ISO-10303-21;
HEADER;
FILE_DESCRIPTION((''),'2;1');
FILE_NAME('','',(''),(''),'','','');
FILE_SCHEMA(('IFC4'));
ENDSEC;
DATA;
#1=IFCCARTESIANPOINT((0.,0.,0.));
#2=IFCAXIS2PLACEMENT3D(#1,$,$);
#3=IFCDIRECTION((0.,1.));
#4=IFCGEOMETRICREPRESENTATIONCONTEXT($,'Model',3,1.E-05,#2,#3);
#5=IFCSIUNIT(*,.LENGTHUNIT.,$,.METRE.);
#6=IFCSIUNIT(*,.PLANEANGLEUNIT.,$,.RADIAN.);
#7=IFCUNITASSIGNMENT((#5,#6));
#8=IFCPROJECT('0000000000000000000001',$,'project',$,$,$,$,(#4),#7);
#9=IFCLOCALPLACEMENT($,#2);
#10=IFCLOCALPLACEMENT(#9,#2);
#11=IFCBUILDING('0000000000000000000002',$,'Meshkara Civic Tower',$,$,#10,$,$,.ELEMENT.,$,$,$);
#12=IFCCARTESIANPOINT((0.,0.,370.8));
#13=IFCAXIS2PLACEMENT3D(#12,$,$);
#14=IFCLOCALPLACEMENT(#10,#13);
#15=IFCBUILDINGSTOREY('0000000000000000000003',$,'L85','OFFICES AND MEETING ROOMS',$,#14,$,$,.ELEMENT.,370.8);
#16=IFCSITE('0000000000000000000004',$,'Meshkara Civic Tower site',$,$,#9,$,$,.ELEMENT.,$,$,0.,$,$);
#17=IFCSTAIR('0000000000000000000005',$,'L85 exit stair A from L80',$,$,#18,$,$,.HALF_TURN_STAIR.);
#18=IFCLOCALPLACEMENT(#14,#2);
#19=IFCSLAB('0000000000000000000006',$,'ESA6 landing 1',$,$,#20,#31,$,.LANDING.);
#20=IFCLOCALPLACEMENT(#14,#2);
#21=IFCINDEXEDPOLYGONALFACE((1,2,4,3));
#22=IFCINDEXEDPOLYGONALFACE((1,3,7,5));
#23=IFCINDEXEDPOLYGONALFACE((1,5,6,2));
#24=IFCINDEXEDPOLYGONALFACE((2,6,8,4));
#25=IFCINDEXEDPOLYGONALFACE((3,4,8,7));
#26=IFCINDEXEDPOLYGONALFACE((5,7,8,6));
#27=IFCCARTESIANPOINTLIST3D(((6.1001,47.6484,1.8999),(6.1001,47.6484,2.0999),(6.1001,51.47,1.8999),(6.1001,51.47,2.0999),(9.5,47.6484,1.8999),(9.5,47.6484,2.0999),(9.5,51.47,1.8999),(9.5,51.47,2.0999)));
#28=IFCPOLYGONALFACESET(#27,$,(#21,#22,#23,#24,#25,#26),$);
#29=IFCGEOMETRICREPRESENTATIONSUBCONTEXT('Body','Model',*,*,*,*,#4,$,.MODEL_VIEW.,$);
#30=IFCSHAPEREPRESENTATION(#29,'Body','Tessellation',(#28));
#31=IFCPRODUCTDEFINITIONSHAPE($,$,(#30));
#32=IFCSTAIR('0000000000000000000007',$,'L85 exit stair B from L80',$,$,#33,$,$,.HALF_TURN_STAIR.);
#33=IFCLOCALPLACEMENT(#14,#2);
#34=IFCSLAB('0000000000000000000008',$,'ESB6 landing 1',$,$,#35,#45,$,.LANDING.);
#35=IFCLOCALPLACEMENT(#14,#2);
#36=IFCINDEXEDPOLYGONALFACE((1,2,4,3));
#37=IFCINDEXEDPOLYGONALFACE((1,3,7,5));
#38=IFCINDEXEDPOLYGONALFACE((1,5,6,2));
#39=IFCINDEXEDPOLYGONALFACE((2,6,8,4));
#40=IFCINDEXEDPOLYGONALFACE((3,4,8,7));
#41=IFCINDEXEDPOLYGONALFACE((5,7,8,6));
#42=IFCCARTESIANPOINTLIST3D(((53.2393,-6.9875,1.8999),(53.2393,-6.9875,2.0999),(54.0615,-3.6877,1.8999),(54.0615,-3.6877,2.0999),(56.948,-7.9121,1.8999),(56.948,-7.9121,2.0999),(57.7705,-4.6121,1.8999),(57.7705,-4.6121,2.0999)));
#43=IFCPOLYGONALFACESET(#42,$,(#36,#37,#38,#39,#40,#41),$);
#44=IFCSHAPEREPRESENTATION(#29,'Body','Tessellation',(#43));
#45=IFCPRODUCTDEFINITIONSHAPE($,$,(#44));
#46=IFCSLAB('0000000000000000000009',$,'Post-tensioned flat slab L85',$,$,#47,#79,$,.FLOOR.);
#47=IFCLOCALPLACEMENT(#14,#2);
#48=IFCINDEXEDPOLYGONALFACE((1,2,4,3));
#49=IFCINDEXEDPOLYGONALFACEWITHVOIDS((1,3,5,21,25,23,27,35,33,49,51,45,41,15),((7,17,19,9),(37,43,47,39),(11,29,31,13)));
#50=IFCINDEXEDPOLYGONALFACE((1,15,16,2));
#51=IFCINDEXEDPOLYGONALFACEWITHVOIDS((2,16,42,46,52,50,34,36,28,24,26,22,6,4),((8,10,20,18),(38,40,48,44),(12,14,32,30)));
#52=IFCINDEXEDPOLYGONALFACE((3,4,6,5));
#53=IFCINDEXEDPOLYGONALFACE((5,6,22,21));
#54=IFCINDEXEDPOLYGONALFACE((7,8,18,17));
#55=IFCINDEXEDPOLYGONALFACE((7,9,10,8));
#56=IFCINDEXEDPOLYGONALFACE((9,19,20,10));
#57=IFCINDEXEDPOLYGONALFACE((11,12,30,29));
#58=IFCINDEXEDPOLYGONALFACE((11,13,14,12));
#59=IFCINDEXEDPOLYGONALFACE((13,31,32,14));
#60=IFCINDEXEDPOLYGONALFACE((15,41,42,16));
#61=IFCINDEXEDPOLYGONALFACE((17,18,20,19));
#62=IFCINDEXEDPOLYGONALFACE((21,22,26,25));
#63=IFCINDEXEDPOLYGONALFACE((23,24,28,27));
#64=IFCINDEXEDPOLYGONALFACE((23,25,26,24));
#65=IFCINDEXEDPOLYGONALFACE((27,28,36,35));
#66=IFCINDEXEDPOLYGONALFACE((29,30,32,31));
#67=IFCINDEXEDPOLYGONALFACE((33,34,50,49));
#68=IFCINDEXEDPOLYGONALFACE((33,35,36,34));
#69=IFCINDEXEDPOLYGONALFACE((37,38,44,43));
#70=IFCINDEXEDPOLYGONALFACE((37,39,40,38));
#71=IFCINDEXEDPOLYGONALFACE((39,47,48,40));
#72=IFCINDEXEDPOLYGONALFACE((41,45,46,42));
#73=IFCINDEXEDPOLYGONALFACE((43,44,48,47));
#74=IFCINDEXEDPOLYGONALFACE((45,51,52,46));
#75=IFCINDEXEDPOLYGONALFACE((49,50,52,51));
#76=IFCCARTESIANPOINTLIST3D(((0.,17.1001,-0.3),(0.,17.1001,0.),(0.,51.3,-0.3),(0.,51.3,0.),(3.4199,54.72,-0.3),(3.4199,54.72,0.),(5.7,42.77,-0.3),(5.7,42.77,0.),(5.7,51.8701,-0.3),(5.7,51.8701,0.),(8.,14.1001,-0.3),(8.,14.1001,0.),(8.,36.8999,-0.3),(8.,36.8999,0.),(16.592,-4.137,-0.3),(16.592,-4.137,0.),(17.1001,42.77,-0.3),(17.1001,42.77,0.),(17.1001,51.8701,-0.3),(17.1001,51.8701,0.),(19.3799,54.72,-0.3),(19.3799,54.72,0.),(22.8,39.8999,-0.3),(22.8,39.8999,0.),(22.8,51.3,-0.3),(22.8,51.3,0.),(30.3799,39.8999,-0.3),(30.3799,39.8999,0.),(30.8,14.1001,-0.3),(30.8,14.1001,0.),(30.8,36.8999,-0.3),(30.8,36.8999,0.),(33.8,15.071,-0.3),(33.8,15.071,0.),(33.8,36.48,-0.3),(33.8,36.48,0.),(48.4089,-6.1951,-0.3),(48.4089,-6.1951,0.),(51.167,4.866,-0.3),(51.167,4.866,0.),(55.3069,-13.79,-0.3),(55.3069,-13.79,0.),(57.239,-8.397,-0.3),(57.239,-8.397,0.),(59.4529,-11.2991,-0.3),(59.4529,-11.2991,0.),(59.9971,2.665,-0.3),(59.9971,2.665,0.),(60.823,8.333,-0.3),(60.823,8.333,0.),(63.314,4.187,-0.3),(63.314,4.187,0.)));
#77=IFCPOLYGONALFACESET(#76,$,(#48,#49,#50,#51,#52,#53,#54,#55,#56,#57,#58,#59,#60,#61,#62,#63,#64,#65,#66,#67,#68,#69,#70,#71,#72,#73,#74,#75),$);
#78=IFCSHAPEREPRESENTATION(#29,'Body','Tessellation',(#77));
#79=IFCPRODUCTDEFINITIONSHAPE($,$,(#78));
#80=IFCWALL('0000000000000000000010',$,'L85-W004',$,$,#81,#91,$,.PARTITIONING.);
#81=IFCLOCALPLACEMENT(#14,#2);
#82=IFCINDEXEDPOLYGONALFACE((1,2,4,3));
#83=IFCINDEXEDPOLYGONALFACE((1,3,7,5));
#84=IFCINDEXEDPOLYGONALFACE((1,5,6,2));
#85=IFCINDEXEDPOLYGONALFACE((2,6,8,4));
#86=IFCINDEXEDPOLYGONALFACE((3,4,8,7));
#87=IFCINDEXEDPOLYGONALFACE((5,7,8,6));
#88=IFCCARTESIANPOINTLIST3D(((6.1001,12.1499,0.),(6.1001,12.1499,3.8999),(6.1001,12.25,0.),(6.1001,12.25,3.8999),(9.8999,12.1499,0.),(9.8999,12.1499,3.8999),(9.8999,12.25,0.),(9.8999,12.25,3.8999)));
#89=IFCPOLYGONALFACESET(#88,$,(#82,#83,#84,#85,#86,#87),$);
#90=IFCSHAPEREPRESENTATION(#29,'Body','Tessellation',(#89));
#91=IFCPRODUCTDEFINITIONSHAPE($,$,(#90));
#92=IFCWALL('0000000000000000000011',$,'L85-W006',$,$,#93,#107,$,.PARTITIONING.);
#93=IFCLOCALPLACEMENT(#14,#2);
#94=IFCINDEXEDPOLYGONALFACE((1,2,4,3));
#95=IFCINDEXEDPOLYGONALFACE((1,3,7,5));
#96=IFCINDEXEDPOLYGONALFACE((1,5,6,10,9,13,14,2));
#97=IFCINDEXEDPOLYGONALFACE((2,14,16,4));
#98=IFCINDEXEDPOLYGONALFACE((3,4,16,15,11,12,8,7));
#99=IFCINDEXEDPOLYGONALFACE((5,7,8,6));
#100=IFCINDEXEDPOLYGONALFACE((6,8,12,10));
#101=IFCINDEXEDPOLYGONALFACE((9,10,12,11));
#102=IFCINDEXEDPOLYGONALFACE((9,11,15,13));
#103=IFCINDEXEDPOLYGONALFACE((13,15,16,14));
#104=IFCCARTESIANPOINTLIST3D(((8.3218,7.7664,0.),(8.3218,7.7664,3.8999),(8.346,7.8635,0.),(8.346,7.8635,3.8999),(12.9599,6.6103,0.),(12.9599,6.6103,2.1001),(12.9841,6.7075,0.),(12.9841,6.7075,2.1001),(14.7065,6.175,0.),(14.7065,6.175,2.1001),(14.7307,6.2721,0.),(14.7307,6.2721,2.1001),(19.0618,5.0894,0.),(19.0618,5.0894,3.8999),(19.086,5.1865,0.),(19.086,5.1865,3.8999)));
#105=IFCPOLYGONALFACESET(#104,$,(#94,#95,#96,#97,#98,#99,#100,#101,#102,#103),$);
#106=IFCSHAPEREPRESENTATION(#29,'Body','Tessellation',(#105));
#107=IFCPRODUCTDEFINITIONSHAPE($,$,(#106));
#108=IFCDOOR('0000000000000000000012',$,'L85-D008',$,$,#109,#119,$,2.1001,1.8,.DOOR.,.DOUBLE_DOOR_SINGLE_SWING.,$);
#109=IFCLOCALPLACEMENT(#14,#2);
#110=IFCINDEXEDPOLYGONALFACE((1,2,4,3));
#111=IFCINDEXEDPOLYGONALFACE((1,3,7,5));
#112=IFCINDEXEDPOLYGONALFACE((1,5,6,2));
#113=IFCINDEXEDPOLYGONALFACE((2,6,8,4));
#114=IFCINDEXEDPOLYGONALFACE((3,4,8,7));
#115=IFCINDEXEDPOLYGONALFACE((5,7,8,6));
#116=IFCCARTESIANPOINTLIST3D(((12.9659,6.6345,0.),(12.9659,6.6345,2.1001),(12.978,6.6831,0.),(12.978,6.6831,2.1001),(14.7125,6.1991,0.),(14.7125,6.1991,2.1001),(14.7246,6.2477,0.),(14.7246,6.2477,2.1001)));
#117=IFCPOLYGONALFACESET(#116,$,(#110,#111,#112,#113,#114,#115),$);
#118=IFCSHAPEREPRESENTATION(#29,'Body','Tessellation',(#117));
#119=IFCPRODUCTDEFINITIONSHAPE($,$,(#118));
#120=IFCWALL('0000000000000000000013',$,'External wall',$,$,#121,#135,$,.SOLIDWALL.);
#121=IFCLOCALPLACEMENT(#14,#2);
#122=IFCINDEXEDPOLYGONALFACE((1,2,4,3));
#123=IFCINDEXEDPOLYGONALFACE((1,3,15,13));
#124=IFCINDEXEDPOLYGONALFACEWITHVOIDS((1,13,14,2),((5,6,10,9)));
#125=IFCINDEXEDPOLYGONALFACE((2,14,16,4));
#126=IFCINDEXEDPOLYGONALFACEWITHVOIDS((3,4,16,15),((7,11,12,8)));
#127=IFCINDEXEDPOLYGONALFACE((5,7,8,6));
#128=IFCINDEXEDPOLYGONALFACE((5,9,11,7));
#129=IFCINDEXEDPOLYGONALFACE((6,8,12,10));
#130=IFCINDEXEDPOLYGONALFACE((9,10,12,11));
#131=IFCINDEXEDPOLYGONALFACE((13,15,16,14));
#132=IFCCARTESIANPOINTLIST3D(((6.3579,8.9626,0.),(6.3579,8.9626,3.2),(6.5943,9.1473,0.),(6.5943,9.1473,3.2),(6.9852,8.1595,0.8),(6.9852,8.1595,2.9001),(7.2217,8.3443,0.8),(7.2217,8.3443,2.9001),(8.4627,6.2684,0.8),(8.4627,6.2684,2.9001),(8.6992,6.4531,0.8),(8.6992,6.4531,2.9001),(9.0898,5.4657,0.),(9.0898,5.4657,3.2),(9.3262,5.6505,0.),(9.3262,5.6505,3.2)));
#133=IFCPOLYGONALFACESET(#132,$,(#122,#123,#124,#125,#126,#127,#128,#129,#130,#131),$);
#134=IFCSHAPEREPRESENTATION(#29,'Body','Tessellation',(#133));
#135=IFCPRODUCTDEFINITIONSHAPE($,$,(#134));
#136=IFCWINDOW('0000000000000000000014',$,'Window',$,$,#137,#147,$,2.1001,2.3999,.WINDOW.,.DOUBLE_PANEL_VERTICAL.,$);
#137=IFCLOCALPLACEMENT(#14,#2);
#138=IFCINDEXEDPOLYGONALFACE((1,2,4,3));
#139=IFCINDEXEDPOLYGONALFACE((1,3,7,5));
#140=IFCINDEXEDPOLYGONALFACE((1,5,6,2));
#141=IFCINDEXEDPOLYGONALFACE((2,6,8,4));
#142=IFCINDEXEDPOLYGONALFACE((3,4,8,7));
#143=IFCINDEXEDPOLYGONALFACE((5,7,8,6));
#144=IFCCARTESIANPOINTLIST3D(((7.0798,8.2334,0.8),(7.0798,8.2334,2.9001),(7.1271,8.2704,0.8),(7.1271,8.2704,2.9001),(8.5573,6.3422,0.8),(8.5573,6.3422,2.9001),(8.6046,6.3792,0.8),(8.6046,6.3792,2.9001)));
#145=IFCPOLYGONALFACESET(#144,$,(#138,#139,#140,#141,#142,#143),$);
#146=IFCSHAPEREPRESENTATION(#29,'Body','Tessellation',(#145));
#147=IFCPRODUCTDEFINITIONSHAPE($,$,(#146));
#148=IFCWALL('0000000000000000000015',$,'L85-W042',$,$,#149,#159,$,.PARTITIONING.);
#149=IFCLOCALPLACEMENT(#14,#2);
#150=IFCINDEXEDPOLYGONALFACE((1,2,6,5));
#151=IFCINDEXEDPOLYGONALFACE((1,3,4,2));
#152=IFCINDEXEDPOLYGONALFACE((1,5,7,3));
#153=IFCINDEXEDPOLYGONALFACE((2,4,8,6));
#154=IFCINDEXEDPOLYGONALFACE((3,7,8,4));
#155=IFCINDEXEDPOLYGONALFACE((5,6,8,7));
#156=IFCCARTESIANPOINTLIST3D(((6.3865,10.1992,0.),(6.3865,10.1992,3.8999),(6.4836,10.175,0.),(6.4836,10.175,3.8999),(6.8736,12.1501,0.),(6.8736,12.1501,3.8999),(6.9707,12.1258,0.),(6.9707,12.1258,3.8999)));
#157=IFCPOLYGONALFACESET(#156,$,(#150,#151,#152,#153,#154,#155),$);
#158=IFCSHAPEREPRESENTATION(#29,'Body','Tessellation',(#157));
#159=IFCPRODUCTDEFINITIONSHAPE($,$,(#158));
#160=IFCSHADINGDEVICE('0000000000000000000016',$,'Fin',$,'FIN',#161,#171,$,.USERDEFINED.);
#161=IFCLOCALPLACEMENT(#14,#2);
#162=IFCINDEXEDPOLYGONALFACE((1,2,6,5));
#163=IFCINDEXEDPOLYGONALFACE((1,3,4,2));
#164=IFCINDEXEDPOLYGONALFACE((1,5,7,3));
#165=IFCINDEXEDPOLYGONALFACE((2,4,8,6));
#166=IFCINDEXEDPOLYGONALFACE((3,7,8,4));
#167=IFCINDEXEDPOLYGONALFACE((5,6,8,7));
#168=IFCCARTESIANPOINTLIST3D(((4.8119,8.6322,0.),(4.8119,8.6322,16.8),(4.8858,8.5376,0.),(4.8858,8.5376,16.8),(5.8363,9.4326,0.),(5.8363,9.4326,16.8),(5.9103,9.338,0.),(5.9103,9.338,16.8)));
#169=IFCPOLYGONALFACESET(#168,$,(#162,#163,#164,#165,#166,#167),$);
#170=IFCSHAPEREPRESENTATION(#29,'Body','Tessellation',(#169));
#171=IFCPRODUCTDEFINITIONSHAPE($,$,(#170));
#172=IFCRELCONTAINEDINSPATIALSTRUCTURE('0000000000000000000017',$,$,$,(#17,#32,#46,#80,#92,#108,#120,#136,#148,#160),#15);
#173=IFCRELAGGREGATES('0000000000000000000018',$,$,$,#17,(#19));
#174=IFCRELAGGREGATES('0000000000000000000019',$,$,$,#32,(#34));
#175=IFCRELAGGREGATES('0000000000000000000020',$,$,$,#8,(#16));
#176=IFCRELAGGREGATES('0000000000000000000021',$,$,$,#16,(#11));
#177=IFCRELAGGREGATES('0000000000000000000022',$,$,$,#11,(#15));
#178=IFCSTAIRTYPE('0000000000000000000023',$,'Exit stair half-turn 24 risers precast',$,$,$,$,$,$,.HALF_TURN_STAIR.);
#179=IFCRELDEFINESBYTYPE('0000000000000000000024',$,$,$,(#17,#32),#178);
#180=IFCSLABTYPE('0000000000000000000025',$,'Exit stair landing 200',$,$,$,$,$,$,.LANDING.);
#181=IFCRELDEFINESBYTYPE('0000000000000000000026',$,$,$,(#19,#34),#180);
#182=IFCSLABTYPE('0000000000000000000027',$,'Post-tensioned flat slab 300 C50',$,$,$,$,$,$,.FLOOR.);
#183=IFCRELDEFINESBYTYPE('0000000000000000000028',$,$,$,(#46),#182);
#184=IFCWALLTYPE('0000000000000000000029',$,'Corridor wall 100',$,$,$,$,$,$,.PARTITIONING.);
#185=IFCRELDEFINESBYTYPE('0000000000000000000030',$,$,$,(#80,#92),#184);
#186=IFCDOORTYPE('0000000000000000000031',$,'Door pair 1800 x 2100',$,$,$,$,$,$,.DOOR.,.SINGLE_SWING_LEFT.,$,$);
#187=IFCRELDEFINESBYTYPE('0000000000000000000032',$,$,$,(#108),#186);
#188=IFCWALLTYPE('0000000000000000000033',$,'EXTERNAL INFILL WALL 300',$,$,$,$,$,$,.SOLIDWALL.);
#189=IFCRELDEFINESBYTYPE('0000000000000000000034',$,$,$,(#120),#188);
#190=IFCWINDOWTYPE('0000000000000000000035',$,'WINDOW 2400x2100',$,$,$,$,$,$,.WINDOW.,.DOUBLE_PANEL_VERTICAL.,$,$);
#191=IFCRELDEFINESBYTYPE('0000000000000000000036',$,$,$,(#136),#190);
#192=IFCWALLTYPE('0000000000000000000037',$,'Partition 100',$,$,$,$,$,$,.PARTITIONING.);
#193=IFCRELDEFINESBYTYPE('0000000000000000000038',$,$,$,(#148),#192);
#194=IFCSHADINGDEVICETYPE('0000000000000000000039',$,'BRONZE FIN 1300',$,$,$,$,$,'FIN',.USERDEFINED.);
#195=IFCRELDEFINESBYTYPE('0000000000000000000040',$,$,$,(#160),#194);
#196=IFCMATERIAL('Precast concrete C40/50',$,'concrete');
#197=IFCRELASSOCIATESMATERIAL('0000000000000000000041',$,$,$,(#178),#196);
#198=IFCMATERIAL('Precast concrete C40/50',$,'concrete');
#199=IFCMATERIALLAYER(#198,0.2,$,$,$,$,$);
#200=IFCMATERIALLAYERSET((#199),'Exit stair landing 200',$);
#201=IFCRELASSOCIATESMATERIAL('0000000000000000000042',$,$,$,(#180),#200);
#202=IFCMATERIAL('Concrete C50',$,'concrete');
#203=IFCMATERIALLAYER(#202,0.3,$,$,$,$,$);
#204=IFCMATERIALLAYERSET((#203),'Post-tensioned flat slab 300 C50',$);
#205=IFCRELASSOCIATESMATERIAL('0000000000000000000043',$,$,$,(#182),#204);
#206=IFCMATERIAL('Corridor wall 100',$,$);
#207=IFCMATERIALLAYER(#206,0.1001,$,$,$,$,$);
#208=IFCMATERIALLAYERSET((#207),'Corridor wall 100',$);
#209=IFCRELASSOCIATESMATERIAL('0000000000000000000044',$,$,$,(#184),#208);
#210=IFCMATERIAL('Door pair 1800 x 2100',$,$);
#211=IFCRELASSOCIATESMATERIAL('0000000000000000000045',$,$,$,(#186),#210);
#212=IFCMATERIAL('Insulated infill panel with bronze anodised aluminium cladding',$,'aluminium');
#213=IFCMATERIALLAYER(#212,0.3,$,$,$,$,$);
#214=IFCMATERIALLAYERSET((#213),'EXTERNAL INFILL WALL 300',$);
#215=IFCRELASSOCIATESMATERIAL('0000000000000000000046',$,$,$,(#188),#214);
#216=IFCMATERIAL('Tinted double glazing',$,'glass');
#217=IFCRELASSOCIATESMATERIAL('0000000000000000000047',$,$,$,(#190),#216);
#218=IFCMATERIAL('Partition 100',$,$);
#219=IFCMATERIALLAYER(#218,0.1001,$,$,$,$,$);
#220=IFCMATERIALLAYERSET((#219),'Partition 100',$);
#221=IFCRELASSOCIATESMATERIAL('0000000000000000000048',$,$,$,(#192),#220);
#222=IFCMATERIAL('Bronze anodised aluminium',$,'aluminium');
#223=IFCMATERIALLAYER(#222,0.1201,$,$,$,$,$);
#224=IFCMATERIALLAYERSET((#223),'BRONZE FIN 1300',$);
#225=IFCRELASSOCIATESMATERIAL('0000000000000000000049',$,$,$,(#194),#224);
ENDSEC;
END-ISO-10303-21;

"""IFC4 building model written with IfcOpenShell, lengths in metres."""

from ifc_helpers import new_model, si_unit, direction, frame, frame_2d, origin, origin_2d, place, context, subcontext, project, spatial, polyline, rectangle, outline, extrude, material, layer, layer_set, type_object, element, fill, aggregate, save


model = new_model("IFC4")

# Units and contexts
model_context = context("Model", 3, precision=1e-05, world=origin(), true_north=direction((0.0, 1.0)))
body_context = subcontext(model_context, "Body", "Model", "MODEL_VIEW")
ifc_project = project(units=[si_unit("LENGTHUNIT", "METRE"), si_unit("PLANEANGLEUNIT", "RADIAN")], contexts=[model_context])

# Site, building, storey
site_placement = place(None, origin())
site = spatial("IfcSite", under=ifc_project, at=site_placement, Name="Meshkara Civic Tower site", CompositionType="ELEMENT", RefElevation=0.0)
building_placement = place(site_placement, origin())
building = spatial("IfcBuilding", under=site, at=building_placement, Name="Meshkara Civic Tower", CompositionType="ELEMENT")
storey_placement = place(building_placement, frame((0.0, 0.0, 370.8)))
storey = spatial("IfcBuildingStorey", under=building, at=storey_placement, Name="L85", Description="OFFICES AND MEETING ROOMS", CompositionType="ELEMENT", Elevation=370.8)

# Stairs, slabs
ifc_material_1 = material(Name="Precast concrete C40/50", Category="concrete")
stair_type = type_object("IfcStairType", Name="Exit stair half-turn 24 risers precast", PredefinedType="HALF_TURN_STAIR", material=ifc_material_1)
ifc_material_2 = material(Name="Precast concrete C40/50", Category="concrete")
ifc_layer_1 = layer(ifc_material_2, 0.2)
ifc_layer_set_1 = layer_set([ifc_layer_1], Name="Exit stair landing 200")
slab_type_1 = type_object("IfcSlabType", Name="Exit stair landing 200", PredefinedType="LANDING", material=ifc_layer_set_1)
stair_1_placement = place(storey_placement, origin())
stair_1 = element("IfcStair", 1, at=stair_1_placement, inside=storey, type_object=stair_type, Name="L85 exit stair A from L80", PredefinedType="HALF_TURN_STAIR")
slab_1_placement = place(storey_placement, frame((0.0, 0.0, 1.8999)))
slab_1 = element("IfcSlab", 2, at=slab_1_placement, type_object=slab_type_1, Name="ESA6 landing 1", PredefinedType="LANDING", context=body_context, shape_type="SweptSolid", body=[
    extrude(outline(polyline([(9.5, 47.6484), (9.5, 51.47), (6.1001, 51.47), (6.1001, 47.6484), (9.5, 47.6484)])), origin(), (0.0, 0.0, 1.0), 0.2),
])
aggregate(stair_1, [slab_1])
stair_2_placement = place(storey_placement, origin())
stair_2 = element("IfcStair", 3, at=stair_2_placement, inside=storey, type_object=stair_type, Name="L85 exit stair B from L80", PredefinedType="HALF_TURN_STAIR")
slab_2_placement = place(storey_placement, frame((0.0, 0.0, 1.8999)))
slab_2 = element("IfcSlab", 4, at=slab_2_placement, type_object=slab_type_1, Name="ESB6 landing 1", PredefinedType="LANDING", context=body_context, shape_type="SweptSolid", body=[
    extrude(outline(polyline([(53.2393, -6.9875), (56.948, -7.9121), (57.7705, -4.6121), (54.0615, -3.6877), (53.2393, -6.9875)])), origin(), (0.0, 0.0, 1.0), 0.2),
])
aggregate(stair_2, [slab_2])

# Slab
ifc_material_3 = material(Name="Concrete C50", Category="concrete")
ifc_layer_2 = layer(ifc_material_3, 0.3)
ifc_layer_set_2 = layer_set([ifc_layer_2], Name="Post-tensioned flat slab 300 C50")
slab_type_2 = type_object("IfcSlabType", Name="Post-tensioned flat slab 300 C50", PredefinedType="FLOOR", material=ifc_layer_set_2)
slab_3_placement = place(storey_placement, frame((0.0, 0.0, -0.3)))
element("IfcSlab", 5, at=slab_3_placement, inside=storey, type_object=slab_type_2, Name="Post-tensioned flat slab L85", PredefinedType="FLOOR", context=body_context, shape_type="SweptSolid", body=[
    extrude(outline(polyline([(59.4529, -11.2991), (55.3069, -13.79), (16.592, -4.137), (0.0, 17.1001), (0.0, 51.3), (3.4199, 54.72), (19.3799, 54.72), (22.8, 51.3), (22.8, 39.8999), (30.3799, 39.8999), (33.8, 36.48), (33.8, 15.071), (60.823, 8.333), (63.314, 4.187), (59.4529, -11.2991)]), holes=[polyline([(57.239, -8.397), (59.9971, 2.665), (51.167, 4.866), (48.4089, -6.1951), (57.239, -8.397)]), polyline([(8.0, 14.1001), (30.8, 14.1001), (30.8, 36.8999), (8.0, 36.8999), (8.0, 14.1001)]), polyline([(5.7, 51.8701), (5.7, 42.77), (17.1001, 42.77), (17.1001, 51.8701), (5.7, 51.8701)])]), origin(), (0.0, 0.0, 1.0), 0.3),
])

# Wall
ifc_material_4 = material(Name="Corridor wall 100")
ifc_layer_3 = layer(ifc_material_4, 0.1001)
ifc_layer_set_3 = layer_set([ifc_layer_3], Name="Corridor wall 100")
wall_type_1 = type_object("IfcWallType", Name="Corridor wall 100", PredefinedType="PARTITIONING", material=ifc_layer_set_3)
wall_1_placement = place(storey_placement, frame((6.1001, 12.2, 0.0), z_axis=(0.0, 0.0, 1.0), x_axis=(1.0, 0.0, 0.0)))
element("IfcWall", 6, at=wall_1_placement, inside=storey, type_object=wall_type_1, Name="L85-W004", PredefinedType="PARTITIONING", context=body_context, shape_type="SweptSolid", body=[
    extrude(rectangle(XDim=3.7998, YDim=0.1001, at=frame_2d((1.8999, 0.0))), origin(), (0.0, 0.0, 1.0), 3.8999),
])

# Wall, opening, door
wall_2_placement = place(storey_placement, frame((8.334, 7.8149, 0.0), z_axis=(0.0, 0.0, 1.0), x_axis=(0.970312, -0.241856, 0.0)))
wall_2 = element("IfcWall", 7, at=wall_2_placement, inside=storey, type_object=wall_type_1, Name="L85-W006", PredefinedType="PARTITIONING", context=body_context, shape_type="SweptSolid", body=[
    extrude(rectangle(XDim=11.0686, YDim=0.1001, at=frame_2d((5.5342, 0.0))), origin(), (0.0, 0.0, 1.0), 3.8999),
])
opening_1_placement = place(wall_2_placement, frame((4.78, 0.0, 0.0)))
opening_1 = element("IfcOpeningElement", 8, at=opening_1_placement, cuts=wall_2, PredefinedType="OPENING", context=body_context, shape_type="SweptSolid", body=[
    extrude(rectangle(XDim=1.8, YDim=2.1001, at=frame_2d((0.8999, 1.05))), frame((0.0, 0.0601, 0.0), z_axis=(0.0, -1.0, 0.0), x_axis=(1.0, 0.0, 0.0)), (0.0, 0.0, 1.0), 0.1201),
])
ifc_material_5 = material(Name="Door pair 1800 x 2100")
door_type = type_object("IfcDoorType", Name="Door pair 1800 x 2100", OperationType="SINGLE_SWING_LEFT", PredefinedType="DOOR", material=ifc_material_5)
door_placement = place(opening_1_placement, origin())
door = element("IfcDoor", 9, at=door_placement, inside=storey, type_object=door_type, Name="L85-D008", OperationType="DOUBLE_DOOR_SINGLE_SWING", OverallHeight=2.1001, OverallWidth=1.8, PredefinedType="DOOR", context=body_context, shape_type="SweptSolid", body=[
    extrude(rectangle(XDim=1.8, YDim=2.1001, at=frame_2d((0.8999, 1.05))), frame((0.0, 0.0249, 0.0), z_axis=(0.0, -1.0, 0.0), x_axis=(1.0, 0.0, 0.0)), (0.0, 0.0, 1.0), 0.05),
])
fill(opening_1, door)

# Wall, opening, window
ifc_material_6 = material(Name="Insulated infill panel with bronze anodised aluminium cladding", Category="aluminium")
ifc_layer_4 = layer(ifc_material_6, 0.3)
ifc_layer_set_4 = layer_set([ifc_layer_4], Name="EXTERNAL INFILL WALL 300")
wall_type_2 = type_object("IfcWallType", Name="EXTERNAL INFILL WALL 300", PredefinedType="SOLIDWALL", material=ifc_layer_set_4)
wall_3_placement = place(storey_placement, frame((6.4761, 9.0549, 0.0), z_axis=(0.0, 0.0, 1.0), x_axis=(0.615649, -0.78802, 0.0)))
wall_3 = element("IfcWall", 10, at=wall_3_placement, inside=storey, type_object=wall_type_2, Name="External wall", PredefinedType="SOLIDWALL", context=body_context, shape_type="SweptSolid", body=[
    extrude(rectangle(XDim=4.4375, YDim=0.3, at=frame_2d((2.2188, 0.0))), origin(), (0.0, 0.0, 1.0), 3.2),
])
opening_2_placement = place(wall_3_placement, frame((1.019, 0.0, 0.8)))
opening_2 = element("IfcOpeningElement", 11, at=opening_2_placement, cuts=wall_3, PredefinedType="OPENING", context=body_context, shape_type="SweptSolid", body=[
    extrude(rectangle(XDim=2.3999, YDim=2.1001, at=frame_2d((1.2, 1.05))), frame((0.0, 0.1599, 0.0), z_axis=(0.0, -1.0, 0.0), x_axis=(1.0, 0.0, 0.0)), (0.0, 0.0, 1.0), 0.3201),
])
ifc_material_7 = material(Name="Tinted double glazing", Category="glass")
window_type = type_object("IfcWindowType", Name="WINDOW 2400x2100", PartitioningType="DOUBLE_PANEL_VERTICAL", PredefinedType="WINDOW", material=ifc_material_7)
window_placement = place(opening_2_placement, origin())
window = element("IfcWindow", 12, at=window_placement, inside=storey, type_object=window_type, Name="Window", OverallHeight=2.1001, OverallWidth=2.3999, PartitioningType="DOUBLE_PANEL_VERTICAL", PredefinedType="WINDOW", context=body_context, shape_type="SweptSolid", body=[
    extrude(rectangle(XDim=2.3999, YDim=2.1001, at=frame_2d((1.2, 1.05))), frame((0.0, 0.03, 0.0), z_axis=(0.0, -1.0, 0.0), x_axis=(1.0, 0.0, 0.0)), (0.0, 0.0, 1.0), 0.0601),
])
fill(opening_2, window)

# Wall
ifc_material_8 = material(Name="Partition 100")
ifc_layer_5 = layer(ifc_material_8, 0.1001)
ifc_layer_set_5 = layer_set([ifc_layer_5], Name="Partition 100")
wall_type_3 = type_object("IfcWallType", Name="Partition 100", PredefinedType="PARTITIONING", material=ifc_layer_set_5)
wall_4_placement = place(storey_placement, frame((6.9221, 12.1379, 0.0), z_axis=(0.0, 0.0, 1.0), x_axis=(-0.242221, -0.970221, 0.0)))
element("IfcWall", 13, at=wall_4_placement, inside=storey, type_object=wall_type_3, Name="L85-W042", PredefinedType="PARTITIONING", context=body_context, shape_type="SweptSolid", body=[
    extrude(rectangle(XDim=2.0107, YDim=0.1001, at=frame_2d((1.0054, 0.0))), origin(), (0.0, 0.0, 1.0), 3.8999),
])

# Shading device
ifc_material_9 = material(Name="Bronze anodised aluminium", Category="aluminium")
ifc_layer_6 = layer(ifc_material_9, 0.1201)
ifc_layer_set_6 = layer_set([ifc_layer_6], Name="BRONZE FIN 1300")
shading_device_type = type_object("IfcShadingDeviceType", Name="BRONZE FIN 1300", ElementType="FIN", PredefinedType="USERDEFINED", material=ifc_layer_set_6)
shading_device_placement = place(storey_placement, frame((5.3611, 8.9851, 0.0), z_axis=(0.0, 0.0, 1.0), x_axis=(0.615661, -0.788011, 0.0)))
element("IfcShadingDevice", 14, at=shading_device_placement, inside=storey, type_object=shading_device_type, Name="Fin", ObjectType="FIN", PredefinedType="USERDEFINED", context=body_context, shape_type="SweptSolid", body=[
    extrude(rectangle(XDim=0.1201, YDim=1.3, at=origin_2d()), origin(), (0.0, 0.0, 1.0), 16.8),
])

save(model, "model.ifc")
